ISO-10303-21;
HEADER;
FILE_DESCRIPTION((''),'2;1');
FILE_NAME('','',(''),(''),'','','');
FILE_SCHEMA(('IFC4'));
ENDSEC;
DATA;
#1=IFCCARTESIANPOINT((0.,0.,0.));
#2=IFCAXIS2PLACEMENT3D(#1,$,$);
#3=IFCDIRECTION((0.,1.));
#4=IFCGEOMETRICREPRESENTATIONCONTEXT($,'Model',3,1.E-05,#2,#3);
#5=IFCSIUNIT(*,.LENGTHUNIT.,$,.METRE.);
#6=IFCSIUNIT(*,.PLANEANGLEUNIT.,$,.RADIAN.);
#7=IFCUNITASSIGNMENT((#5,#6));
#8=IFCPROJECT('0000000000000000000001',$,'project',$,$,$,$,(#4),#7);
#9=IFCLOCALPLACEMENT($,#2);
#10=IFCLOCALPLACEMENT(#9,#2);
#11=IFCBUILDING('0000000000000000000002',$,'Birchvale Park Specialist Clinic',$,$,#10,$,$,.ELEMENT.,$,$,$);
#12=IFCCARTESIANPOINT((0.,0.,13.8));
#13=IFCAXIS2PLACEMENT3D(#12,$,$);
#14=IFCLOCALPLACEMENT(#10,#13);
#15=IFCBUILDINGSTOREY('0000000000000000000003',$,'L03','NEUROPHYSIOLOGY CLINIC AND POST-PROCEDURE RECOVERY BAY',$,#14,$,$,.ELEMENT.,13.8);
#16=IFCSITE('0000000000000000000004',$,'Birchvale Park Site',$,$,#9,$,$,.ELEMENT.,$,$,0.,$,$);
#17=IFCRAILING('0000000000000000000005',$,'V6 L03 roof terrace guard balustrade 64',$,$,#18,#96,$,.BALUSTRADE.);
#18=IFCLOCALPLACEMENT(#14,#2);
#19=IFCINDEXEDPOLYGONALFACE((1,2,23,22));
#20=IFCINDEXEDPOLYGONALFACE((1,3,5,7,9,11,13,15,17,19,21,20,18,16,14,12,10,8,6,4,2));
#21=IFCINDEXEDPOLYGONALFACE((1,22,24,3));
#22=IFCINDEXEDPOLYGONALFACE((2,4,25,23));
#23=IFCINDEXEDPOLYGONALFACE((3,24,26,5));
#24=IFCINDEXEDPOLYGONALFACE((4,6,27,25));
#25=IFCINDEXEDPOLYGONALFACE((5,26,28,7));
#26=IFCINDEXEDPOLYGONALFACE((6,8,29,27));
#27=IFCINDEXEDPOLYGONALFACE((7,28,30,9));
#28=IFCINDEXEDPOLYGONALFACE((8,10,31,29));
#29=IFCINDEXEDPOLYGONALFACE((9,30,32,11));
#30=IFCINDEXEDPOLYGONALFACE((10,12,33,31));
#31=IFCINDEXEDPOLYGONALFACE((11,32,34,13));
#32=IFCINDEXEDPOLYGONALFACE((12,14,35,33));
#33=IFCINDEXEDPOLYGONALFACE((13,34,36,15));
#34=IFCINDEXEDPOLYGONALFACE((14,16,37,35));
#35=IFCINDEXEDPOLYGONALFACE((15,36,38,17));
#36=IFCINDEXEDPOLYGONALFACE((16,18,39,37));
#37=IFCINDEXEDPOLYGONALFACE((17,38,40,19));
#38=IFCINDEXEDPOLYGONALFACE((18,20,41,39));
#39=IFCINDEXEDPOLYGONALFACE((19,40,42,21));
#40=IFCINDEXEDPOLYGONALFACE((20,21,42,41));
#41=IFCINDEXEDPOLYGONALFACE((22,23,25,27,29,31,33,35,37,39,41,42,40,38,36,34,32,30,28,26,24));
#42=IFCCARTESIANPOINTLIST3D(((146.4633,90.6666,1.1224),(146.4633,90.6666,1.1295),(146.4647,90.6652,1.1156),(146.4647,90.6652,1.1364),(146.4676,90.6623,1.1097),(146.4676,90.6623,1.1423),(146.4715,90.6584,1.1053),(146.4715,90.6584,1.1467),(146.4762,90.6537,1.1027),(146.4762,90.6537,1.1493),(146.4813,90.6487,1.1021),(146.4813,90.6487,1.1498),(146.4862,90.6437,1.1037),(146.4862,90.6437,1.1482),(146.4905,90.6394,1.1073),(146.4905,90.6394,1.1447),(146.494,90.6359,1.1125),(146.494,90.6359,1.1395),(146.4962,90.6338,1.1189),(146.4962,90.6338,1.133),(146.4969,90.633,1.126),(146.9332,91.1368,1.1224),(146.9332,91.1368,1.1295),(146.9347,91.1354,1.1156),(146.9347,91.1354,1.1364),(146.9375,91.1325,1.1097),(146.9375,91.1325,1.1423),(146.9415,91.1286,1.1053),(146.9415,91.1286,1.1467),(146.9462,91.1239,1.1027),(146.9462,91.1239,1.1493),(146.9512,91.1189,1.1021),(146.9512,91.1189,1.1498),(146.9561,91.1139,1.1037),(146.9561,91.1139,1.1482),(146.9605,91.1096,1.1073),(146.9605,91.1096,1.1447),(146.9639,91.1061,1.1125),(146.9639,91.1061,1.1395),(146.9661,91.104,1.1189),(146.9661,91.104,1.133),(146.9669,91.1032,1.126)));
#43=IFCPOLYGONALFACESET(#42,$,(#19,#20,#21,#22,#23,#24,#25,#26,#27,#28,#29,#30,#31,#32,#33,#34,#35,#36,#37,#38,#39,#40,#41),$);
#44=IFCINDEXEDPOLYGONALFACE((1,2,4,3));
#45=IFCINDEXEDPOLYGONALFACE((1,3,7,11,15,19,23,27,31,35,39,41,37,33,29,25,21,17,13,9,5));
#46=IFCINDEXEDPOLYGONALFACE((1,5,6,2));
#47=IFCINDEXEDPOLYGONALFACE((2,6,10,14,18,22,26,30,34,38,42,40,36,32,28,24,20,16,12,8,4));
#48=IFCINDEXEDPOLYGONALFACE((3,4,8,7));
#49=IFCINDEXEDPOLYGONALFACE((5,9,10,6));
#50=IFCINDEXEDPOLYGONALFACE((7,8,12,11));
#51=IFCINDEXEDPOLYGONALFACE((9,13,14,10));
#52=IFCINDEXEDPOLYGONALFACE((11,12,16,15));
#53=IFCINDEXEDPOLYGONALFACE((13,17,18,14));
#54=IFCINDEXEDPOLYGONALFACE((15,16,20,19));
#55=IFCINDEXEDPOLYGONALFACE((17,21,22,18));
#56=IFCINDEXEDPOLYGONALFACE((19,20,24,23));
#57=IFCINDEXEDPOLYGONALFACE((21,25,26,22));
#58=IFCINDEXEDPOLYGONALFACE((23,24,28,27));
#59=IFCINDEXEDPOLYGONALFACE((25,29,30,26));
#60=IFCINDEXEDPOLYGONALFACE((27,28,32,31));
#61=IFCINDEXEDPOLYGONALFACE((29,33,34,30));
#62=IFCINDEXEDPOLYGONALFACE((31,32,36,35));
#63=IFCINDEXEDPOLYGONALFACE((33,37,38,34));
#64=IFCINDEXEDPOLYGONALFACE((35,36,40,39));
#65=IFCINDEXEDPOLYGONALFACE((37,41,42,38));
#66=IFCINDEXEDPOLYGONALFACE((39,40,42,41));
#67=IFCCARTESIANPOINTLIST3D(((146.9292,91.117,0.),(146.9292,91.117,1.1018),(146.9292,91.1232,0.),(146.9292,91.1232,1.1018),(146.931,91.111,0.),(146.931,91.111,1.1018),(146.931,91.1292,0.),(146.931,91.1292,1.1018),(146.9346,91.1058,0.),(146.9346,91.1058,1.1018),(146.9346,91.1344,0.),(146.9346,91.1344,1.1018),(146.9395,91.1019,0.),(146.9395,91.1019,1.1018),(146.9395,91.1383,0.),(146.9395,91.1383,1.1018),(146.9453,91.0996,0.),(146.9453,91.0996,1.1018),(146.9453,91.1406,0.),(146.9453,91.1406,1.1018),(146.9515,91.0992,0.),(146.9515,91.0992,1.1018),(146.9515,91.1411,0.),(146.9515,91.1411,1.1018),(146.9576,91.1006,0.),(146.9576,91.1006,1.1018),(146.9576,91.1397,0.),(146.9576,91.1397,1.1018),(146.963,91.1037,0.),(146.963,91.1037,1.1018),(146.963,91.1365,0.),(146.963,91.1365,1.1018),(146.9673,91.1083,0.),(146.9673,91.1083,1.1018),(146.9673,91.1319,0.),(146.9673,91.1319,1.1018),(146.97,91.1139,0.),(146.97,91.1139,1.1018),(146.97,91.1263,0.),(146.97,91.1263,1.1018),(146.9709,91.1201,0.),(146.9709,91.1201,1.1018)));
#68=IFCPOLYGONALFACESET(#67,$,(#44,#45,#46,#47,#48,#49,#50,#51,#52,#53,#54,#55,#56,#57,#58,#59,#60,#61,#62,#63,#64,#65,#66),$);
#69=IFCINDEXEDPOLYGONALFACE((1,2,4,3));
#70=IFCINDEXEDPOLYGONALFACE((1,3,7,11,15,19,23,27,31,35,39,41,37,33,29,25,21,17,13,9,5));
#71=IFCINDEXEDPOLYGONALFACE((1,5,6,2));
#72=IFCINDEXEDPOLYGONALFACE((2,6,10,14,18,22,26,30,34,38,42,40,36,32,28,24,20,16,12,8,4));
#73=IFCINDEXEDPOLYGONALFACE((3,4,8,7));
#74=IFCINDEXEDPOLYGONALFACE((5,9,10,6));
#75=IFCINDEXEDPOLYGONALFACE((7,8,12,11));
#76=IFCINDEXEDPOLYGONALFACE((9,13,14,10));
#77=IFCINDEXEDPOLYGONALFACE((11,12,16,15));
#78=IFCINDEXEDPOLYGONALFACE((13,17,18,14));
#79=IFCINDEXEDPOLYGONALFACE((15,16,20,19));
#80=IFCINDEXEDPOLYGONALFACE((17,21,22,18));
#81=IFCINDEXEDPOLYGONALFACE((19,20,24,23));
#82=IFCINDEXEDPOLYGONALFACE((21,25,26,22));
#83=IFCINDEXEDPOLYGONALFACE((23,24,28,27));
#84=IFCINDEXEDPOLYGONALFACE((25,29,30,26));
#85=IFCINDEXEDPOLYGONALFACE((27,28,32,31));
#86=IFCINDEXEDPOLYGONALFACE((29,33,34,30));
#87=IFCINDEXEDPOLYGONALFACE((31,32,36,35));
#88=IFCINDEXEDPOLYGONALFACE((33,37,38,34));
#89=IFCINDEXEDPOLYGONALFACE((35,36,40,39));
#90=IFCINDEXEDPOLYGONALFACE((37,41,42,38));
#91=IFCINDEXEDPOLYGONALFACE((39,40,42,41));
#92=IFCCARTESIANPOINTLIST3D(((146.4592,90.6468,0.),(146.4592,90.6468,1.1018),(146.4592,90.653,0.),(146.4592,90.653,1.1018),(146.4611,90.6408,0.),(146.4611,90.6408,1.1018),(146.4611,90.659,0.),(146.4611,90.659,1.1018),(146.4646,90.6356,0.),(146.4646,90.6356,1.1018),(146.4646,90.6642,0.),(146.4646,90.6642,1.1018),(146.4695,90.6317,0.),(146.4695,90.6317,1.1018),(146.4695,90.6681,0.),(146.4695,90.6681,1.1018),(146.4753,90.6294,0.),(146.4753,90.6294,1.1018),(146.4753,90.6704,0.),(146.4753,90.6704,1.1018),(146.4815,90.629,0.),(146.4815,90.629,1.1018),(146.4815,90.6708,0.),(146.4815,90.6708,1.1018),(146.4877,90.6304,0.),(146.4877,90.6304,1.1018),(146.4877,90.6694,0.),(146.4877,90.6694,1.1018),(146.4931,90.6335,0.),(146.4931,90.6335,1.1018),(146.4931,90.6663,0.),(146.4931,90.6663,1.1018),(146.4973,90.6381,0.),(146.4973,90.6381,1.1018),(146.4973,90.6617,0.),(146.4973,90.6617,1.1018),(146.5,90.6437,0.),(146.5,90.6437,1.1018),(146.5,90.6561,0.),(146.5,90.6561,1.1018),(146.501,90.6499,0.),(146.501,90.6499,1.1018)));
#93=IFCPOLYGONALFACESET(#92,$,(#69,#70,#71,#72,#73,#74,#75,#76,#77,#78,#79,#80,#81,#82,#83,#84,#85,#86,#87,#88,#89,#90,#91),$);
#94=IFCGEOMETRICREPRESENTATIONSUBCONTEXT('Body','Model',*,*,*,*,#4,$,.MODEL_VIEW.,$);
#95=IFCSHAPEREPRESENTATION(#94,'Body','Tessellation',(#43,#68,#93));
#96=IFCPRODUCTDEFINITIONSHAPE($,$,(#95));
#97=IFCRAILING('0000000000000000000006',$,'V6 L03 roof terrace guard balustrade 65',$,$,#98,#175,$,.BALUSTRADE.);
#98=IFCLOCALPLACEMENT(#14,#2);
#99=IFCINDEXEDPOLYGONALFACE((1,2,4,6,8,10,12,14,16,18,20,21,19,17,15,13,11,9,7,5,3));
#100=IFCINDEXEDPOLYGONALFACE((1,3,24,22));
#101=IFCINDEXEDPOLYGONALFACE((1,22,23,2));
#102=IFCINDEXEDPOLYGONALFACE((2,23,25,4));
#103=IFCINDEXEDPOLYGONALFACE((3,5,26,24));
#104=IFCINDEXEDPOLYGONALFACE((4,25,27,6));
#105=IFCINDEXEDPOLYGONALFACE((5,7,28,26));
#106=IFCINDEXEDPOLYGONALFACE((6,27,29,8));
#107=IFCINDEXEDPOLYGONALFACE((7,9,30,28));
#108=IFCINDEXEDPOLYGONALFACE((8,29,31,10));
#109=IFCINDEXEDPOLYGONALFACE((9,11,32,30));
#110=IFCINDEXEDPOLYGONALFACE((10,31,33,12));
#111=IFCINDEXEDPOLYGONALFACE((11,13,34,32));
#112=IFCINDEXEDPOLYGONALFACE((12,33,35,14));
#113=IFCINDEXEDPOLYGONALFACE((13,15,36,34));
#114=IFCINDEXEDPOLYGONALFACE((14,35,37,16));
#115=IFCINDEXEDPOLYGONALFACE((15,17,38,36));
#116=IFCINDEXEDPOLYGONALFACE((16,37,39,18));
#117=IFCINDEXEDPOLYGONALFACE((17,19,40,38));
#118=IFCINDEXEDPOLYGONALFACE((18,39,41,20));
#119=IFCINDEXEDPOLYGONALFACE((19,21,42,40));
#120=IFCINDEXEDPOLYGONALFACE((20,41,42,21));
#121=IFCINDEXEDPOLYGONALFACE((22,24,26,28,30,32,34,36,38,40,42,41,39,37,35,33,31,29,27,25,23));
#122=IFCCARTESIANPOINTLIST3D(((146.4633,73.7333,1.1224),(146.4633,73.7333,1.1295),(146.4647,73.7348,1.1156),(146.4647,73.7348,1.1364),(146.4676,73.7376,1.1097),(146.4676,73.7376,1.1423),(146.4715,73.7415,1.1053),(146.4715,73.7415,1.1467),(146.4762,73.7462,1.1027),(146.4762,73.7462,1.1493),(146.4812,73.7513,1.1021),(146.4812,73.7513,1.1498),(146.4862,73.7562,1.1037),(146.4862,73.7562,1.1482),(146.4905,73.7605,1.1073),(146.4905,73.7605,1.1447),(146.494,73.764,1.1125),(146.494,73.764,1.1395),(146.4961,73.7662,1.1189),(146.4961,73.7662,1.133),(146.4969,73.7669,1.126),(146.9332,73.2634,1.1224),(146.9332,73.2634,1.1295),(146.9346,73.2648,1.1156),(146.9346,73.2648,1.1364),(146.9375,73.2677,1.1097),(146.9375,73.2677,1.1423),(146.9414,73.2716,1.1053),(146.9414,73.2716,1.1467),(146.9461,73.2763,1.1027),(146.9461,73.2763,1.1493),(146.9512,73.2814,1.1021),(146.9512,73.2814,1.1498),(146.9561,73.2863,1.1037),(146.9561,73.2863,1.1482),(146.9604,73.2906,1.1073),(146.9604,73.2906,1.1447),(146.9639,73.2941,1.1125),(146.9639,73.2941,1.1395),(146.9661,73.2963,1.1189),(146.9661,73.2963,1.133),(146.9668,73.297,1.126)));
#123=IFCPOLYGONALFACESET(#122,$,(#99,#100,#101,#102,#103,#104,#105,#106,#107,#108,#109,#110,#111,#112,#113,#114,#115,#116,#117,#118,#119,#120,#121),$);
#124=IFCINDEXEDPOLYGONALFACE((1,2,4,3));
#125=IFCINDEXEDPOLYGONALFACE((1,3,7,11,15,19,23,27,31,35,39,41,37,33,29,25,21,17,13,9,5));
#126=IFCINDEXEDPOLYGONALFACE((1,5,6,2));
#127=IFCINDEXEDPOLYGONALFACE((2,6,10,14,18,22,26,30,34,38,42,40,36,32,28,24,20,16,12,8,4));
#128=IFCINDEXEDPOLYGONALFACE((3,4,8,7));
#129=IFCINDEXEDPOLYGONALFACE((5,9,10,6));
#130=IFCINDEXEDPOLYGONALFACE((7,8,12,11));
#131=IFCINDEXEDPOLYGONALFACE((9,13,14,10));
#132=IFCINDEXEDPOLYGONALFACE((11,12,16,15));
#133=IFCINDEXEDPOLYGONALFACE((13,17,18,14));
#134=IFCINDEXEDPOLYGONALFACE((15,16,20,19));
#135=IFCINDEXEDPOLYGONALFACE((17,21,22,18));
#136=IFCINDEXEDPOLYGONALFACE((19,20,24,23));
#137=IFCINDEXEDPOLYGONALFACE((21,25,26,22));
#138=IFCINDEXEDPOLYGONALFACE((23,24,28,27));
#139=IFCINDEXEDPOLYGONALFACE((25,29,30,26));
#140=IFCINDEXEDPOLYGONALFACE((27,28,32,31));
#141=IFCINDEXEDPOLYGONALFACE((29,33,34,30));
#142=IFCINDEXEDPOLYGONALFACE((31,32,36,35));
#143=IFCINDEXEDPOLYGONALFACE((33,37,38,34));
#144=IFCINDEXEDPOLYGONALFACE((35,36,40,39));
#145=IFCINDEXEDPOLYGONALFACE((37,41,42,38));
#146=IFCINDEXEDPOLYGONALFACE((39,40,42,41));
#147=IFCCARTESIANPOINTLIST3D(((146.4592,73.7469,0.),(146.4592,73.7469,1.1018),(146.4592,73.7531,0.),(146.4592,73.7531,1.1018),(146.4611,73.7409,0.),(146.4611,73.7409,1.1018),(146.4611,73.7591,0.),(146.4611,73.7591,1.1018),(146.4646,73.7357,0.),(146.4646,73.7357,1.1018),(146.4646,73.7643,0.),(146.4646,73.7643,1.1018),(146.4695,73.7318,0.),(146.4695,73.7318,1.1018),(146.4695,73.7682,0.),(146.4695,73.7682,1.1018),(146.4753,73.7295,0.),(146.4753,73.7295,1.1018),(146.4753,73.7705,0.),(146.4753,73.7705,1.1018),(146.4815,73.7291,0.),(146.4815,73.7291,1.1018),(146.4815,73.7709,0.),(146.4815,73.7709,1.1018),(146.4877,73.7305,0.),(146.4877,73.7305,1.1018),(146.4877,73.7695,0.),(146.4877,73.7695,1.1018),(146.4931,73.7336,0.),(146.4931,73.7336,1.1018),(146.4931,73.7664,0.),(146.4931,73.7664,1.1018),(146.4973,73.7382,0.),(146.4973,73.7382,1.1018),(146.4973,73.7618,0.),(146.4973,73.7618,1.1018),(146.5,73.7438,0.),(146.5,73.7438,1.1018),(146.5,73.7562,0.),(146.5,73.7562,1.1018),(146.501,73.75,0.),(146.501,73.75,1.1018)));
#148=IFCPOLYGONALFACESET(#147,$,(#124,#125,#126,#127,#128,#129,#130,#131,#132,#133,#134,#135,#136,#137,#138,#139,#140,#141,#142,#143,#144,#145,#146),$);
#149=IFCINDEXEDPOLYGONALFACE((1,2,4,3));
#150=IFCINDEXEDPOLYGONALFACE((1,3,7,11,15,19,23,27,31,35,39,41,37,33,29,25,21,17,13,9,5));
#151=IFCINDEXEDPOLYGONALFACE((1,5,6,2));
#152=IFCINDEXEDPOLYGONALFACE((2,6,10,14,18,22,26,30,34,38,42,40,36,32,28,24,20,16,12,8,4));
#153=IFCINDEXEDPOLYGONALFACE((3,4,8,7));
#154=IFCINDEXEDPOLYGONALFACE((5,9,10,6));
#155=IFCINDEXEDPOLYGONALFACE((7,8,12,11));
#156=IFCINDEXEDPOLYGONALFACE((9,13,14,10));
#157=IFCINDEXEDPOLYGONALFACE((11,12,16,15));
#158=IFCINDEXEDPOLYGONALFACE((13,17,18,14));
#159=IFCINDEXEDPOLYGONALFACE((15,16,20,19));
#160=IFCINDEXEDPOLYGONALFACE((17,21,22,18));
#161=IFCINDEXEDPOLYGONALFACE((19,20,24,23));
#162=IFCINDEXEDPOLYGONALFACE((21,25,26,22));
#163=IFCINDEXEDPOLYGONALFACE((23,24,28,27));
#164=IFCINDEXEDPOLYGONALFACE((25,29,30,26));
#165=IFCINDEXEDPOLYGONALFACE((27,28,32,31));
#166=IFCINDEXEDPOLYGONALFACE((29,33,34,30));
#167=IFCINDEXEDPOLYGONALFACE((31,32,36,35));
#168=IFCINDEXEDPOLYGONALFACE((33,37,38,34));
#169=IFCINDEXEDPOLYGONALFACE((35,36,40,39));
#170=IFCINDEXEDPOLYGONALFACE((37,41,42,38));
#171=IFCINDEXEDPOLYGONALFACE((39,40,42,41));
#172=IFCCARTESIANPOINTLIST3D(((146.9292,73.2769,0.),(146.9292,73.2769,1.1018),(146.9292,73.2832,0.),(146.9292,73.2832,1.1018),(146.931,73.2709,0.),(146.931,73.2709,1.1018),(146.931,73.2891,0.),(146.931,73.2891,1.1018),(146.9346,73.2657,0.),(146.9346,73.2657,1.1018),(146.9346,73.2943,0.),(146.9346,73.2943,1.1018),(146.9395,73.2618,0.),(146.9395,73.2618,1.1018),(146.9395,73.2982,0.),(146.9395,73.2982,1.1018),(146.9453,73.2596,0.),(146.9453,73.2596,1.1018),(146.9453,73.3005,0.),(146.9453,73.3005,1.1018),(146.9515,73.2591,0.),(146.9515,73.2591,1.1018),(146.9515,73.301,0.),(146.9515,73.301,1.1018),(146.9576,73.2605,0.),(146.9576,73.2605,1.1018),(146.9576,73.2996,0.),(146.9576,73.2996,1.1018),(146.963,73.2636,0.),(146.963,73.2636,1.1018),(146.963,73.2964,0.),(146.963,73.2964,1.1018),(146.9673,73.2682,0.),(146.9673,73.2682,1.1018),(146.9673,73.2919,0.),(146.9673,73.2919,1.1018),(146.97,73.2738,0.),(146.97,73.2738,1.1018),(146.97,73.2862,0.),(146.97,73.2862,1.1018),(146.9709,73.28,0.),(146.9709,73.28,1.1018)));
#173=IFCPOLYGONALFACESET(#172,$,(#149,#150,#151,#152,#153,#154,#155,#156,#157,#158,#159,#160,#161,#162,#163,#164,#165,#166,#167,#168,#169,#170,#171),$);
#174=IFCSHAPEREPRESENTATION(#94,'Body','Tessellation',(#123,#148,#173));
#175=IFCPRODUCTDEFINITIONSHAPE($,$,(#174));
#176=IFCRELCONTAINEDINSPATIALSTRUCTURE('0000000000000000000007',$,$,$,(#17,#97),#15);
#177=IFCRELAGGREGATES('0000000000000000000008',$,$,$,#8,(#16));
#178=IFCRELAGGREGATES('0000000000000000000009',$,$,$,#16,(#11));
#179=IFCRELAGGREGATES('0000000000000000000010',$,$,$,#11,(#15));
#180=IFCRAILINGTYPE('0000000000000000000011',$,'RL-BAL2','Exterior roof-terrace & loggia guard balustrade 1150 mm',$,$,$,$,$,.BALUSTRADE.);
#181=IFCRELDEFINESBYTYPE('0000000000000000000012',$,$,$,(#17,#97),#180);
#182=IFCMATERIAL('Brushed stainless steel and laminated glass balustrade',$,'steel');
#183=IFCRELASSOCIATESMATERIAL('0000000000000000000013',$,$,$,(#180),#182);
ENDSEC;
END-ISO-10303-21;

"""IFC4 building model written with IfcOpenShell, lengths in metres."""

from ifc_helpers import new_model, si_unit, direction, frame, origin, origin_2d, place, context, subcontext, project, spatial, circle, extrude, material, type_object, element, save


model = new_model("IFC4")

# Units and contexts
model_context = context("Model", 3, precision=1e-05, world=origin(), true_north=direction((0.0, 1.0)))
body_context = subcontext(model_context, "Body", "Model", "MODEL_VIEW")
ifc_project = project(units=[si_unit("LENGTHUNIT", "METRE"), si_unit("PLANEANGLEUNIT", "RADIAN")], contexts=[model_context])

# Site, building, storey
site_placement = place(None, origin())
site = spatial("IfcSite", under=ifc_project, at=site_placement, Name="Birchvale Park Site", CompositionType="ELEMENT", RefElevation=0.0)
building_placement = place(site_placement, origin())
building = spatial("IfcBuilding", under=site, at=building_placement, Name="Birchvale Park Specialist Clinic", CompositionType="ELEMENT")
storey_placement = place(building_placement, frame((0.0, 0.0, 13.8)))
storey = spatial("IfcBuildingStorey", under=building, at=storey_placement, Name="L03", Description="NEUROPHYSIOLOGY CLINIC AND POST-PROCEDURE RECOVERY BAY", CompositionType="ELEMENT", Elevation=13.8)

# Railings
ifc_material_1 = material(Name="Brushed stainless steel and laminated glass balustrade", Category="steel")
railing_type = type_object("IfcRailingType", Name="RL-BAL2", Description="Exterior roof-terrace & loggia guard balustrade 1150 mm", PredefinedType="BALUSTRADE", material=ifc_material_1)
railing_1_placement = place(storey_placement, frame((146.95, 91.1201, 0.0)))
element("IfcRailing", 1, at=railing_1_placement, inside=storey, type_object=railing_type, Name="V6 L03 roof terrace guard balustrade 64", PredefinedType="BALUSTRADE", context=body_context, shape_type="SweptSolid", body=[
    extrude(circle(Radius=0.0239, at=origin_2d()), frame((0.0, 0.0, 1.126), z_axis=(-0.706923, -0.70729, 0.0), x_axis=(0.70729, -0.706923, 0.0)), (0.0, 0.0, 1.0), 0.6648),
    extrude(circle(Radius=0.021, at=origin_2d()), origin(), (0.0, 0.0, 1.0), 1.1018),
    extrude(circle(Radius=0.021, at=origin_2d()), frame((-0.47, -0.4702, 0.0)), (0.0, 0.0, 1.0), 1.1018),
])
railing_2_placement = place(storey_placement, frame((146.48, 73.75, 0.0)))
element("IfcRailing", 2, at=railing_2_placement, inside=storey, type_object=railing_type, Name="V6 L03 roof terrace guard balustrade 65", PredefinedType="BALUSTRADE", context=body_context, shape_type="SweptSolid", body=[
    extrude(circle(Radius=0.0239, at=origin_2d()), frame((0.0, 0.0, 1.126), z_axis=(0.707107, -0.707107, 0.0), x_axis=(0.707107, 0.707107, 0.0)), (0.0, 0.0, 1.0), 0.6646),
    extrude(circle(Radius=0.021, at=origin_2d()), origin(), (0.0, 0.0, 1.0), 1.1018),
    extrude(circle(Radius=0.021, at=origin_2d()), frame((0.47, -0.47, 0.0)), (0.0, 0.0, 1.0), 1.1018),
])

save(model, "model.ifc")
